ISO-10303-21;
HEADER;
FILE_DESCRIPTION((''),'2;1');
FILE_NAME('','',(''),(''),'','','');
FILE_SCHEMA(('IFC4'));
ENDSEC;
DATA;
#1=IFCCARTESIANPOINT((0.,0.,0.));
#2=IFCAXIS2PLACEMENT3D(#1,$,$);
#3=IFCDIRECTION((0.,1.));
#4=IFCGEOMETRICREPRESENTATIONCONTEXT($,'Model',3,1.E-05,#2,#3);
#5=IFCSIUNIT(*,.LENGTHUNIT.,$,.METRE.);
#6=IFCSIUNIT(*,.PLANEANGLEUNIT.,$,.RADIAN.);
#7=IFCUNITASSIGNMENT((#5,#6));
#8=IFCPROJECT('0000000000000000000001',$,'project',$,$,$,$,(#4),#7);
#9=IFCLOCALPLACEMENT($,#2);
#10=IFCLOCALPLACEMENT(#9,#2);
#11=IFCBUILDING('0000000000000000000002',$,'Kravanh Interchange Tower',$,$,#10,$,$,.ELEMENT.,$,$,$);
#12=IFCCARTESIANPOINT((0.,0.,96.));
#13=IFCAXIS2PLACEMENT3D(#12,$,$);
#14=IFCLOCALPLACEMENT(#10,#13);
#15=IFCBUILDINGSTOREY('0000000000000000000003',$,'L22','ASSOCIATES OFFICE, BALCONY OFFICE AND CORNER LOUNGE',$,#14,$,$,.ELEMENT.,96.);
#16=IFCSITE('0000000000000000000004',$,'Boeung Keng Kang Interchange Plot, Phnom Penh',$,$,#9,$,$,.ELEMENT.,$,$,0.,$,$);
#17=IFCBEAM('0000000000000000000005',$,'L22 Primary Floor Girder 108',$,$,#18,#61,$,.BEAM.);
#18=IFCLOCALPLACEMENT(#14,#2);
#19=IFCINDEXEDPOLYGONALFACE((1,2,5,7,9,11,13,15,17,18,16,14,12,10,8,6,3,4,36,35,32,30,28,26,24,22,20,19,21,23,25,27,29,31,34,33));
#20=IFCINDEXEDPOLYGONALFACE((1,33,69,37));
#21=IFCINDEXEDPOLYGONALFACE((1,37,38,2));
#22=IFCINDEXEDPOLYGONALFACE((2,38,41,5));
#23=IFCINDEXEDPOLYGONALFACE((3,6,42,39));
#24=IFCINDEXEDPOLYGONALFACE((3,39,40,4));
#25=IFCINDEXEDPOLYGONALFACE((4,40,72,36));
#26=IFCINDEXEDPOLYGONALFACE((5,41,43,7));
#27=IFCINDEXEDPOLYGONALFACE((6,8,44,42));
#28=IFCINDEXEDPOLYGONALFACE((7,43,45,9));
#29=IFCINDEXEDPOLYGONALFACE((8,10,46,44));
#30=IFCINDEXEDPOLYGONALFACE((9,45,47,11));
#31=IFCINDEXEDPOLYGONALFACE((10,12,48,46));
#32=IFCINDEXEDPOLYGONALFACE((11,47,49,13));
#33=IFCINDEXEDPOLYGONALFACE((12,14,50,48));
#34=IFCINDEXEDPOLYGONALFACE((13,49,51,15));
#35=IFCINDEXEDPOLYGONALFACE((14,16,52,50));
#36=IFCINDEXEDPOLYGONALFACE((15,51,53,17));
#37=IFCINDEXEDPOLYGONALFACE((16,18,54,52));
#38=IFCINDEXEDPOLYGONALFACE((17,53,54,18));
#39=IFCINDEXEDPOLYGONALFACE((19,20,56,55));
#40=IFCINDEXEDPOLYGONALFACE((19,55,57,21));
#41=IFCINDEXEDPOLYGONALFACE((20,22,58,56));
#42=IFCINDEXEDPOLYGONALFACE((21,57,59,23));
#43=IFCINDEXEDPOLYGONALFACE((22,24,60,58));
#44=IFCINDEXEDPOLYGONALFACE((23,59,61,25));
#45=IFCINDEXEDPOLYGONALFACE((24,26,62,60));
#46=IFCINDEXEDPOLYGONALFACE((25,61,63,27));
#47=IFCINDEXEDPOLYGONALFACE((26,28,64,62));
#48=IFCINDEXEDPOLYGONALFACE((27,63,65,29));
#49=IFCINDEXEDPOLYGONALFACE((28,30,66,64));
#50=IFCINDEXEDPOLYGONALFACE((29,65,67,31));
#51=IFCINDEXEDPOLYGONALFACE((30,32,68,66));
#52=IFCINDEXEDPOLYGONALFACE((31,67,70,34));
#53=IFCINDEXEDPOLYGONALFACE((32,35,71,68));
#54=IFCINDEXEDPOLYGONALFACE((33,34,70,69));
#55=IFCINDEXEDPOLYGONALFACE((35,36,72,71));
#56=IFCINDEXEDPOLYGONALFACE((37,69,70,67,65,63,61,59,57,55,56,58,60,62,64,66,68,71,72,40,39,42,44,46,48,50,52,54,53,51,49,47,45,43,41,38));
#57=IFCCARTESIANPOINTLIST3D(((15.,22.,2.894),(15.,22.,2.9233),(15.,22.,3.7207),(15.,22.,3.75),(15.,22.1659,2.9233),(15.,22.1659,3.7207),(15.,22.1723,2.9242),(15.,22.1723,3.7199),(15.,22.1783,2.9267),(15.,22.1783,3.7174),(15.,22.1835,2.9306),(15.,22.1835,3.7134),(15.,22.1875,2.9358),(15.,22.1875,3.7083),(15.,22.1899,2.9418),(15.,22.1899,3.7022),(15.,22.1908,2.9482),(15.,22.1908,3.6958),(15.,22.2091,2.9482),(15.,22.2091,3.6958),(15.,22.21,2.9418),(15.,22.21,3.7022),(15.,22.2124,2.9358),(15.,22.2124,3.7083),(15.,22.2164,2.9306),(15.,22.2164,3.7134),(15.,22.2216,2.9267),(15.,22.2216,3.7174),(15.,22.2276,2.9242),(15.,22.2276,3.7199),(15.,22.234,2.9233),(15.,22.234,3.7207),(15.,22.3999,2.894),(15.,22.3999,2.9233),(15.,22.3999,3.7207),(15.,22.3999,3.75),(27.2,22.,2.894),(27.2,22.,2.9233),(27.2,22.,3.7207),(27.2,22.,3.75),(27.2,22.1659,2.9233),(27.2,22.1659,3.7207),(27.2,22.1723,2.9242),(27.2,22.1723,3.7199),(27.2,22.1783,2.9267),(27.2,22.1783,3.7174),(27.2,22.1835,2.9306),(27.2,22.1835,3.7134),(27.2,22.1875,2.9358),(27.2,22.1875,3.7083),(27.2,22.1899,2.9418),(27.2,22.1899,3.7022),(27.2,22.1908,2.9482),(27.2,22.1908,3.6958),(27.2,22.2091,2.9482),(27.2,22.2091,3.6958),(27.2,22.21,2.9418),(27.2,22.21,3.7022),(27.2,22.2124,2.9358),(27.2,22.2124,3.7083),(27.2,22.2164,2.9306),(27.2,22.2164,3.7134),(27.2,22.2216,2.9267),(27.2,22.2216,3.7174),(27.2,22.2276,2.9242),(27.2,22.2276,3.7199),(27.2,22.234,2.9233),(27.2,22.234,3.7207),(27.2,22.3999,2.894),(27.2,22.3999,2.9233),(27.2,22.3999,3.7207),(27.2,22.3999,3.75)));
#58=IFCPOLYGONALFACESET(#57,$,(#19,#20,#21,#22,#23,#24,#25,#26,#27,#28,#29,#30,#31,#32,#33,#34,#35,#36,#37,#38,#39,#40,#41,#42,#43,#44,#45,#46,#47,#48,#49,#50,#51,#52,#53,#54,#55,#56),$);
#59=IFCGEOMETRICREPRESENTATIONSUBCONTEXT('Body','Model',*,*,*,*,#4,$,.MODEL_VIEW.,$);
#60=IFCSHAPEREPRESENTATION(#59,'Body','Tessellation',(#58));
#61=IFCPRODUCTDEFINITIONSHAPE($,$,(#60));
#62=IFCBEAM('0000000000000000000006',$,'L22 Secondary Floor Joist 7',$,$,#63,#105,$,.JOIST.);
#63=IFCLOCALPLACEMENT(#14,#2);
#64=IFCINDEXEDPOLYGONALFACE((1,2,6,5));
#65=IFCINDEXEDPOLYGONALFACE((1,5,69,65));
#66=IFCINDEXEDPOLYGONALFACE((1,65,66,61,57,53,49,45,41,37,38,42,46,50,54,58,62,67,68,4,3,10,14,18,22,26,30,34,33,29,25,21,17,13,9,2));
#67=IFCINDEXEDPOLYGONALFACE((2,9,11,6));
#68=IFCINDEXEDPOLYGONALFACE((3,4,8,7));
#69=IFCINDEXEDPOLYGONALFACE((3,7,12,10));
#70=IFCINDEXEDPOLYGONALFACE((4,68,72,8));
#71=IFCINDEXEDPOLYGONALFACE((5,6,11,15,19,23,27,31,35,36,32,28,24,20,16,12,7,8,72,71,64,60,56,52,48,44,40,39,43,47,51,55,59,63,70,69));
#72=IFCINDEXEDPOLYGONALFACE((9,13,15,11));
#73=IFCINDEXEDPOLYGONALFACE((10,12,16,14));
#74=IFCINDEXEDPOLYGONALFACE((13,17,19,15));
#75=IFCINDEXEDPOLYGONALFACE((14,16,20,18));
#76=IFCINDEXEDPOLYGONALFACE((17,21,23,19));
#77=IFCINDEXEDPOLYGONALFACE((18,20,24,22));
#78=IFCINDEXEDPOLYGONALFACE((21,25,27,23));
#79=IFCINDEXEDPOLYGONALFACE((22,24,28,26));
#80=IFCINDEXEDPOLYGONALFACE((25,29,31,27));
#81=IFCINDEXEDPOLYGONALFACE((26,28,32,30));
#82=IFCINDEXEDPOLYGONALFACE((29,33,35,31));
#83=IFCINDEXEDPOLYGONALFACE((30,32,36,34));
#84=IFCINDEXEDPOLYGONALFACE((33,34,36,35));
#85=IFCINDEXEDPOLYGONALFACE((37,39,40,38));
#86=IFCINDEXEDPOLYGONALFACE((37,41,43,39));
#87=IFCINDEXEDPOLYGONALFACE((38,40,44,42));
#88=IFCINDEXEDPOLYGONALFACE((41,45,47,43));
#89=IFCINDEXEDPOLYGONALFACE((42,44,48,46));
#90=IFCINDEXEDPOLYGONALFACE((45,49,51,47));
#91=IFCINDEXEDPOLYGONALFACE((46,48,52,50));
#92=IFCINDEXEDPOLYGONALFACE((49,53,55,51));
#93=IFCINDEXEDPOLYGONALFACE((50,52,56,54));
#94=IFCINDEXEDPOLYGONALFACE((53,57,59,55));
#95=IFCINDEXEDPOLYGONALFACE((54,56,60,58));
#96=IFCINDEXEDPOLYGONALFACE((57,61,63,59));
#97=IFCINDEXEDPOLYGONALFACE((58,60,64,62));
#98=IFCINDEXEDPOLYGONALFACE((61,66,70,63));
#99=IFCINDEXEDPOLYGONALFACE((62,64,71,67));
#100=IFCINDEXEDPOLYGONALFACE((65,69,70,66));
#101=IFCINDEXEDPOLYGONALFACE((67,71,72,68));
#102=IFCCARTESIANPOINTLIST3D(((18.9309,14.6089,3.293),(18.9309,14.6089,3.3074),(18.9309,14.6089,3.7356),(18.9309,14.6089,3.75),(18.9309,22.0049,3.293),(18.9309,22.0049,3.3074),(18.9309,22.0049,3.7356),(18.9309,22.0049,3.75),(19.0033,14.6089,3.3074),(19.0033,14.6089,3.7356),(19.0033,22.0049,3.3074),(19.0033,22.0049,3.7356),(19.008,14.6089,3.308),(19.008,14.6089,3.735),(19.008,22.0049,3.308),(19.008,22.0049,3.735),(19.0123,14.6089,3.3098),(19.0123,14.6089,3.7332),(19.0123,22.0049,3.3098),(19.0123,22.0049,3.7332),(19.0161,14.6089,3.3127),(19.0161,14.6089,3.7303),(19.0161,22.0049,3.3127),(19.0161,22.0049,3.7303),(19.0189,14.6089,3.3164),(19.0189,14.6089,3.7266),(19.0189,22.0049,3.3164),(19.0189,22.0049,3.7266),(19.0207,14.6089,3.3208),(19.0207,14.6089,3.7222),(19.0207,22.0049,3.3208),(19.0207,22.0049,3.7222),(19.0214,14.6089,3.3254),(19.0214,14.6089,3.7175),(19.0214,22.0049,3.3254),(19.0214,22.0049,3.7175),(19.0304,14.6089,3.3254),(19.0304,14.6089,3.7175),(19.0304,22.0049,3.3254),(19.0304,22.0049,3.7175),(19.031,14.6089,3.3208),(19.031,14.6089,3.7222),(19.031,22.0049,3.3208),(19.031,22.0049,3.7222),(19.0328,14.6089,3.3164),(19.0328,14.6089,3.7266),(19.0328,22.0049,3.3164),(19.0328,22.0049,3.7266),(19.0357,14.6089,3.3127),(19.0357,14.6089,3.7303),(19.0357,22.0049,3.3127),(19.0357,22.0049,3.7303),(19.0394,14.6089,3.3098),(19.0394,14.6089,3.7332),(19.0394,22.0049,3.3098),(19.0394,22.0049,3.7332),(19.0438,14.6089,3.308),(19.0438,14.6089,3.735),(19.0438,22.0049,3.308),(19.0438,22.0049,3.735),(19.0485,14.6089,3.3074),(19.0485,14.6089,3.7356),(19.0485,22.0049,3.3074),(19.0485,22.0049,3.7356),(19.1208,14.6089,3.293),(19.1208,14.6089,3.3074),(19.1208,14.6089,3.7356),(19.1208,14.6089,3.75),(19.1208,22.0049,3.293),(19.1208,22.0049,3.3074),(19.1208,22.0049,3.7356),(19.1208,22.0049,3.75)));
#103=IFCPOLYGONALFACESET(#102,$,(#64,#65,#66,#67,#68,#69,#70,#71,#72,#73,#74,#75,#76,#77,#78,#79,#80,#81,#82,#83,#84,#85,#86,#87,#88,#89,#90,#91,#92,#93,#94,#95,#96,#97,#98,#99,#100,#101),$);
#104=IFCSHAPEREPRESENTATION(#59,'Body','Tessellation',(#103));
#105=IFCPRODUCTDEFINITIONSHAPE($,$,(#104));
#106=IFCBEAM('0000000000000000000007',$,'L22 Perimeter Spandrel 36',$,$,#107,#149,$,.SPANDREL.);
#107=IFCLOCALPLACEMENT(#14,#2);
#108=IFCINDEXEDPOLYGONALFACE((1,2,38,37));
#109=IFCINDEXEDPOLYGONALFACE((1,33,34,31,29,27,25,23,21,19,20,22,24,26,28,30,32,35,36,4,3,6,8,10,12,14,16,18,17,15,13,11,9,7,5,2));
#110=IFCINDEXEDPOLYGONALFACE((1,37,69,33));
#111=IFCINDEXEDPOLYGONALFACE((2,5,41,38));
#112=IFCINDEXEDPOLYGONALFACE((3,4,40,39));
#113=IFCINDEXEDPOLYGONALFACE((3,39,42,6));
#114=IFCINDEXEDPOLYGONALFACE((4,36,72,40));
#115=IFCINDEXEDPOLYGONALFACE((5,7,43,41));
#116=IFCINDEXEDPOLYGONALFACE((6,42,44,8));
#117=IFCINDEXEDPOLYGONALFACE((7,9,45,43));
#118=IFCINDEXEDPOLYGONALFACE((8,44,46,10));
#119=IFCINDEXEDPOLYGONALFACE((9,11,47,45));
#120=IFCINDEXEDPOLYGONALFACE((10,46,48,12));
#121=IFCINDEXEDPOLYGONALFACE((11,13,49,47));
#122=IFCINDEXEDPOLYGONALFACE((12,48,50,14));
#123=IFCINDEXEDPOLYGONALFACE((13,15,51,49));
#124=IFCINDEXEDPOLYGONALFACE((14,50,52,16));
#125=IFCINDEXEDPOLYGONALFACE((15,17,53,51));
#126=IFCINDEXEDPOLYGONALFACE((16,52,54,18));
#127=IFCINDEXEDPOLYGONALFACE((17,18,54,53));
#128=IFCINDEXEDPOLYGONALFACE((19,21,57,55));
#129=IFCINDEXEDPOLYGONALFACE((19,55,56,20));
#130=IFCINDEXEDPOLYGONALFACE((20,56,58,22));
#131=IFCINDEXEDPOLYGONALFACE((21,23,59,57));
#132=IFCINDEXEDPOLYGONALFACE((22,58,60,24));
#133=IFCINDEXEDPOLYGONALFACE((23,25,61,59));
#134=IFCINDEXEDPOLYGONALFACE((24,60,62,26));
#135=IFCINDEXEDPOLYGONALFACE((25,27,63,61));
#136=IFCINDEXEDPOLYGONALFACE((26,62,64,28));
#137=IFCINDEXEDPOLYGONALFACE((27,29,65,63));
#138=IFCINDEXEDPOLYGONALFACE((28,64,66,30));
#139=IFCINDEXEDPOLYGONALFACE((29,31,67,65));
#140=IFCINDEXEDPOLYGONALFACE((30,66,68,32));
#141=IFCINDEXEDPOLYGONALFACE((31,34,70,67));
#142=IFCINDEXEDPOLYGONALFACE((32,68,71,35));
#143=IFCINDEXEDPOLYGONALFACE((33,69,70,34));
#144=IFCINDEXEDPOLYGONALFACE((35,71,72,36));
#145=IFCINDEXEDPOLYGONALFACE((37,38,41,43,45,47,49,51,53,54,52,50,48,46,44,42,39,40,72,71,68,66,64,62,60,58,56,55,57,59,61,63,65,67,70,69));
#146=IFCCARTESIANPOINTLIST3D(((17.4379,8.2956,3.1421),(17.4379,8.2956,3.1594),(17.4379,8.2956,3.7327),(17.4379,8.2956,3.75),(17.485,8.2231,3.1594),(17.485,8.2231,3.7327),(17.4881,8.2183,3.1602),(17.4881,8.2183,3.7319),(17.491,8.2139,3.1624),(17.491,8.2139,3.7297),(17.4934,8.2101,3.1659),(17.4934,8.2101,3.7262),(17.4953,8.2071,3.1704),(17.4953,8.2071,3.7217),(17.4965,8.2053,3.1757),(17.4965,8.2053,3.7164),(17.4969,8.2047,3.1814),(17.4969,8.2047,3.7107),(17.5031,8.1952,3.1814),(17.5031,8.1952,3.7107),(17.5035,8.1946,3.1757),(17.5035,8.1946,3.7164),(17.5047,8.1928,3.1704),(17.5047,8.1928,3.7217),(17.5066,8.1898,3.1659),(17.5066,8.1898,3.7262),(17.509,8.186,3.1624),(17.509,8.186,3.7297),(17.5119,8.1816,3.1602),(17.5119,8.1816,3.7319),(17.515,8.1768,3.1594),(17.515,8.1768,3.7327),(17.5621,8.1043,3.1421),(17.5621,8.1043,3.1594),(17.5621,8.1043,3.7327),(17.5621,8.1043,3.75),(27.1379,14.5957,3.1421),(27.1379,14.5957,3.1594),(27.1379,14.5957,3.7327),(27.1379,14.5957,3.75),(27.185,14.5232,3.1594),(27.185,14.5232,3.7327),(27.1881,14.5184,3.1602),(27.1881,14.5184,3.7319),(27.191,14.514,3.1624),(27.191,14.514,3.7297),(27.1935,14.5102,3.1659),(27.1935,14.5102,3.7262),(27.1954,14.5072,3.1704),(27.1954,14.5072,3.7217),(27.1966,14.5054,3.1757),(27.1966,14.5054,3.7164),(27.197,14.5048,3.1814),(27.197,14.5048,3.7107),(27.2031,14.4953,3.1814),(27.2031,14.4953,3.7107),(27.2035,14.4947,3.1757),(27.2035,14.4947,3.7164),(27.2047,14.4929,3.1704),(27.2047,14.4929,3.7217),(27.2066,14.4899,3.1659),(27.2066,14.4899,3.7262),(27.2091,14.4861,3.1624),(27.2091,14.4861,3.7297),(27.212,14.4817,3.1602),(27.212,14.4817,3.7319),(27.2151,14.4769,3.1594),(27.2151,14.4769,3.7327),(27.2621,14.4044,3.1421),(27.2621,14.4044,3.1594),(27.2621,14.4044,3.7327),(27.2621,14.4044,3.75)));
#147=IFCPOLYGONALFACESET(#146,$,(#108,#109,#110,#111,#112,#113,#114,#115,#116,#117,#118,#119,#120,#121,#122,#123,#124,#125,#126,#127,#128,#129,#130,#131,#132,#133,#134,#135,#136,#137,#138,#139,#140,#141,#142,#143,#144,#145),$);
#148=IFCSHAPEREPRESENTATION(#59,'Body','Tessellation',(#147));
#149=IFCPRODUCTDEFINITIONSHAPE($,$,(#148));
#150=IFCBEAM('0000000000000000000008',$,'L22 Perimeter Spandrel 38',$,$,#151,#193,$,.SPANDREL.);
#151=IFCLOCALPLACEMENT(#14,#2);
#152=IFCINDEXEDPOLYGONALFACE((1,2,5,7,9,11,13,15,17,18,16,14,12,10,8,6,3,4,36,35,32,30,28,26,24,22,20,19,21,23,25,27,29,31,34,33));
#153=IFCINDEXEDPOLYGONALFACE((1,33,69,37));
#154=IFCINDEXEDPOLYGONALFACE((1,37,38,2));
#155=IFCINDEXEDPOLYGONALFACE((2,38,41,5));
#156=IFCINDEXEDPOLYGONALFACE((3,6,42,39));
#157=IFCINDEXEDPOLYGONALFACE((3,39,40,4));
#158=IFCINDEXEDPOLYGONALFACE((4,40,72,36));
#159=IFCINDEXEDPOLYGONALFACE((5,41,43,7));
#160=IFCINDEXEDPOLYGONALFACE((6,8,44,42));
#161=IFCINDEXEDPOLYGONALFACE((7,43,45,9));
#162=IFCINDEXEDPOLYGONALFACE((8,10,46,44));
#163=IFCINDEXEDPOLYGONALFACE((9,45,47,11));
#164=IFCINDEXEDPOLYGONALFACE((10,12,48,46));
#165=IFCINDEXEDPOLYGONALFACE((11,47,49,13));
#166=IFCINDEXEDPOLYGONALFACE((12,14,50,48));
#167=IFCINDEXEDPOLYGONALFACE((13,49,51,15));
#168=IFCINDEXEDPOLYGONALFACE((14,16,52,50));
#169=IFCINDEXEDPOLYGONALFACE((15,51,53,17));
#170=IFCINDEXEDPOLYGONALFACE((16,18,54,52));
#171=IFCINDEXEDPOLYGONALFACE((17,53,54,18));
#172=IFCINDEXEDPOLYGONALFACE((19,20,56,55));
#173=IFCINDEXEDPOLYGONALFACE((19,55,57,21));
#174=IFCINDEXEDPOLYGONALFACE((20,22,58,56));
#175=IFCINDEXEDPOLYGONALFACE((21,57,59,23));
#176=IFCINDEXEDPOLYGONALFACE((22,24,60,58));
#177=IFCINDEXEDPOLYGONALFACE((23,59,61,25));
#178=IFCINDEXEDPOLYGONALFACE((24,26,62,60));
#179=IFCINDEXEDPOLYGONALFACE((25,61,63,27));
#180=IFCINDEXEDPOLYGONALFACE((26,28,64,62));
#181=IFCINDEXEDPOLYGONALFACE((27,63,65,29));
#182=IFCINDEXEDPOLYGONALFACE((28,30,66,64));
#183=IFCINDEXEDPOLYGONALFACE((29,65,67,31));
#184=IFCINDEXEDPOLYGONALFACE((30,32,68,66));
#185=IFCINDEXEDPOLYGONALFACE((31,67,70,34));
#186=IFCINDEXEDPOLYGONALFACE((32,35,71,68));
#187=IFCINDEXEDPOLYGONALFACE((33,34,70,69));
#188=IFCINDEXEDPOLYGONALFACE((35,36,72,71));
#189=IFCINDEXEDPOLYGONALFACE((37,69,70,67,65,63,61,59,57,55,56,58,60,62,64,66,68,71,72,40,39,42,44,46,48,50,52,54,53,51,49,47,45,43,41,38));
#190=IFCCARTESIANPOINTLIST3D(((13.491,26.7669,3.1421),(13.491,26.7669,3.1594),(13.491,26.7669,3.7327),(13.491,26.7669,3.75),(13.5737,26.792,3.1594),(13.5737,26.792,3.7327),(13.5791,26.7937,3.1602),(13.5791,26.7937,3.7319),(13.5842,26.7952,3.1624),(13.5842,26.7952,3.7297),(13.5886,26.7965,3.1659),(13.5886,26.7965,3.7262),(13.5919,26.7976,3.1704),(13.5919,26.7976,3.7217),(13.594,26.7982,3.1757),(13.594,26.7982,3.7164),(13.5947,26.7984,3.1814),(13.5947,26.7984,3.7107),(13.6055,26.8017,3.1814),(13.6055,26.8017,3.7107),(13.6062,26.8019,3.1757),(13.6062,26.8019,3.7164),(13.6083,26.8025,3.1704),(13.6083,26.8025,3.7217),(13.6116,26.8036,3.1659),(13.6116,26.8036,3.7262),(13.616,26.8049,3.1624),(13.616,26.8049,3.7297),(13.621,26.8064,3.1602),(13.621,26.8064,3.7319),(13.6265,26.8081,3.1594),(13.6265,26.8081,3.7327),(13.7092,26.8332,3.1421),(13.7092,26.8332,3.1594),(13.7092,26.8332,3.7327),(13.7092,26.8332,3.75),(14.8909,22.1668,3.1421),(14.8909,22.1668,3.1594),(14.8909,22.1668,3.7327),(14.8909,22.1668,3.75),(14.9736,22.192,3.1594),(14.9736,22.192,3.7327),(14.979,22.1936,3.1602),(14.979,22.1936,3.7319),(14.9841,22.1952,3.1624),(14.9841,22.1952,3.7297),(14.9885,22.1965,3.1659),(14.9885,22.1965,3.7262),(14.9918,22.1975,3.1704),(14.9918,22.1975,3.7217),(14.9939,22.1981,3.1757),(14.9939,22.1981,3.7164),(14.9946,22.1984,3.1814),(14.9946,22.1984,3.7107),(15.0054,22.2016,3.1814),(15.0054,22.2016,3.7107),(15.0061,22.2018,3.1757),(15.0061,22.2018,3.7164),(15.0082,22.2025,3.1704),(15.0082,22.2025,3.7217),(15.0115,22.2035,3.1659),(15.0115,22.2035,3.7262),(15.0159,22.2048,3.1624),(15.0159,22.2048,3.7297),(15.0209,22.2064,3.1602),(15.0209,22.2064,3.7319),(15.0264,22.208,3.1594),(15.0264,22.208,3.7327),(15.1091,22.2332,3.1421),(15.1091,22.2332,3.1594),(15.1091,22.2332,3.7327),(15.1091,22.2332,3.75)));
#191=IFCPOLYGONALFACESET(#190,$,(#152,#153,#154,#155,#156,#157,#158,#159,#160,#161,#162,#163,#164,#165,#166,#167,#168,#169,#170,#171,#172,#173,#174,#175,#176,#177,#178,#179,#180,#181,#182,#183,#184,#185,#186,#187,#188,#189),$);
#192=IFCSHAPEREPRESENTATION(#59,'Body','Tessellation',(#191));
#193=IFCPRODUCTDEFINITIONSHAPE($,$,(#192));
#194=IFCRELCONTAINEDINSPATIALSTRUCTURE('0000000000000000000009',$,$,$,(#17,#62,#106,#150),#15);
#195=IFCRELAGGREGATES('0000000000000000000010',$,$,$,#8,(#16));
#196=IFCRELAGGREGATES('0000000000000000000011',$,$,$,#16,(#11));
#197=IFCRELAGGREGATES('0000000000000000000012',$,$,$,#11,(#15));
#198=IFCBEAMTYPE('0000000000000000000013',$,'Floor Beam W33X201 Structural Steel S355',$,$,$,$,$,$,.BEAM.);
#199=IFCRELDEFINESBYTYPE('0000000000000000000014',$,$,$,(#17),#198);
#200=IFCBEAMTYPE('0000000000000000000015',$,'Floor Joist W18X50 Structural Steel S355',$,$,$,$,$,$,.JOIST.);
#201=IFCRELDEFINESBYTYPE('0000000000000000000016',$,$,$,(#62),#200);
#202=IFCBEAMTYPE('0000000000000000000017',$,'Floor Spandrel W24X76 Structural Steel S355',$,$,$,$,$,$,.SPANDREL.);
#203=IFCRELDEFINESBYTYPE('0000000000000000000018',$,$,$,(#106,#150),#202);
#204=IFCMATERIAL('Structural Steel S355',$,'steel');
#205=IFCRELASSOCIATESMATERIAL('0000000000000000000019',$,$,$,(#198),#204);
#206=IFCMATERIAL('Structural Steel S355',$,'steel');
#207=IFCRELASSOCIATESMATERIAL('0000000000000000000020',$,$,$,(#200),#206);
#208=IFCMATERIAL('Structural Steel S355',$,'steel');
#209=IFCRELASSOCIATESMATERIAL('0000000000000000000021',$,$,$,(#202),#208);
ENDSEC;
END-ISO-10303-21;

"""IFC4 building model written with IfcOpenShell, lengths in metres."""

from ifc_helpers import new_model, si_unit, direction, frame, origin, origin_2d, place, context, subcontext, project, spatial, i_section, extrude, material, material_profile, profile_set, type_object, element, save


model = new_model("IFC4")

# Units and contexts
model_context = context("Model", 3, precision=1e-05, world=origin(), true_north=direction((0.0, 1.0)))
body_context = subcontext(model_context, "Body", "Model", "MODEL_VIEW")
ifc_project = project(units=[si_unit("LENGTHUNIT", "METRE"), si_unit("PLANEANGLEUNIT", "RADIAN")], contexts=[model_context])

# Site, building, storey
site_placement = place(None, origin())
site = spatial("IfcSite", under=ifc_project, at=site_placement, Name="Boeung Keng Kang Interchange Plot, Phnom Penh", CompositionType="ELEMENT", RefElevation=0.0)
building_placement = place(site_placement, origin())
building = spatial("IfcBuilding", under=site, at=building_placement, Name="Kravanh Interchange Tower", CompositionType="ELEMENT")
storey_placement = place(building_placement, frame((0.0, 0.0, 96.0)))
storey = spatial("IfcBuildingStorey", under=building, at=storey_placement, Name="L22", Description="ASSOCIATES OFFICE, BALCONY OFFICE AND CORNER LOUNGE", CompositionType="ELEMENT", Elevation=96.0)

# Beams
ifc_material_1 = material(Name="Structural Steel S355", Category="steel")
ifc_material_profile_1 = material_profile(ifc_material_1, i_section(OverallWidth=0.3999, OverallDepth=0.856, WebThickness=0.0183, FlangeThickness=0.0293, FilletRadius=0.0249, at=origin_2d()), Name="W33X201")
ifc_profile_set_1 = profile_set([ifc_material_profile_1], Name="Structural Steel S355")
beam_type_1 = type_object("IfcBeamType", Name="Floor Beam W33X201 Structural Steel S355", PredefinedType="BEAM", material=ifc_profile_set_1)
beam_1_placement = place(storey_placement, frame((15.0, 22.2, 3.322), z_axis=(1.0, 0.0, 0.0), x_axis=(0.0, 1.0, 0.0)))
element("IfcBeam", 1, at=beam_1_placement, inside=storey, type_object=beam_type_1, Name="L22 Primary Floor Girder 108", PredefinedType="BEAM", context=body_context, shape_type="SweptSolid", body=[
    extrude(i_section(OverallWidth=0.3999, OverallDepth=0.856, WebThickness=0.0183, FlangeThickness=0.0293, FilletRadius=0.0249, at=origin_2d()), origin(), (0.0, 0.0, 1.0), 12.2),
])
ifc_material_2 = material(Name="Structural Steel S355", Category="steel")
ifc_material_profile_2 = material_profile(ifc_material_2, i_section(OverallWidth=0.1899, OverallDepth=0.457, WebThickness=0.009, FlangeThickness=0.0144, FilletRadius=0.0181, at=origin_2d()), Name="W18X50")
ifc_profile_set_2 = profile_set([ifc_material_profile_2], Name="Structural Steel S355")
beam_type_2 = type_object("IfcBeamType", Name="Floor Joist W18X50 Structural Steel S355", PredefinedType="JOIST", material=ifc_profile_set_2)
beam_2_placement = place(storey_placement, frame((19.0259, 14.6089, 3.5215), z_axis=(0.0, 1.0, 0.0), x_axis=(-1.0, 0.0, 0.0)))
element("IfcBeam", 2, at=beam_2_placement, inside=storey, type_object=beam_type_2, Name="L22 Secondary Floor Joist 7", PredefinedType="JOIST", context=body_context, shape_type="SweptSolid", body=[
    extrude(i_section(OverallWidth=0.1899, OverallDepth=0.457, WebThickness=0.009, FlangeThickness=0.0144, FilletRadius=0.0181, at=origin_2d()), origin(), (0.0, 0.0, 1.0), 7.396),
])
ifc_material_3 = material(Name="Structural Steel S355", Category="steel")
ifc_material_profile_3 = material_profile(ifc_material_3, i_section(OverallWidth=0.228, OverallDepth=0.6079, WebThickness=0.0112, FlangeThickness=0.0173, FilletRadius=0.022, at=origin_2d()), Name="W24X76")
ifc_profile_set_3 = profile_set([ifc_material_profile_3], Name="Structural Steel S355")
beam_type_3 = type_object("IfcBeamType", Name="Floor Spandrel W24X76 Structural Steel S355", PredefinedType="SPANDREL", material=ifc_profile_set_3)
beam_3_placement = place(storey_placement, frame((17.5, 8.2, 3.446), z_axis=(0.838638, 0.544689, 0.0), x_axis=(-0.544689, 0.838638, 0.0)))
element("IfcBeam", 3, at=beam_3_placement, inside=storey, type_object=beam_type_3, Name="L22 Perimeter Spandrel 36", PredefinedType="SPANDREL", context=body_context, shape_type="SweptSolid", body=[
    extrude(i_section(OverallWidth=0.228, OverallDepth=0.6079, WebThickness=0.0112, FlangeThickness=0.0173, FilletRadius=0.022, at=origin_2d()), origin(), (0.0, 0.0, 1.0), 11.5664),
])
beam_4_placement = place(storey_placement, frame((13.6001, 26.8, 3.446), z_axis=(0.291137, -0.956681, 0.0), x_axis=(0.956681, 0.291137, 0.0)))
element("IfcBeam", 4, at=beam_4_placement, inside=storey, type_object=beam_type_3, Name="L22 Perimeter Spandrel 38", PredefinedType="SPANDREL", context=body_context, shape_type="SweptSolid", body=[
    extrude(i_section(OverallWidth=0.228, OverallDepth=0.6079, WebThickness=0.0112, FlangeThickness=0.0173, FilletRadius=0.022, at=origin_2d()), origin(), (0.0, 0.0, 1.0), 4.8083),
])

save(model, "model.ifc")
